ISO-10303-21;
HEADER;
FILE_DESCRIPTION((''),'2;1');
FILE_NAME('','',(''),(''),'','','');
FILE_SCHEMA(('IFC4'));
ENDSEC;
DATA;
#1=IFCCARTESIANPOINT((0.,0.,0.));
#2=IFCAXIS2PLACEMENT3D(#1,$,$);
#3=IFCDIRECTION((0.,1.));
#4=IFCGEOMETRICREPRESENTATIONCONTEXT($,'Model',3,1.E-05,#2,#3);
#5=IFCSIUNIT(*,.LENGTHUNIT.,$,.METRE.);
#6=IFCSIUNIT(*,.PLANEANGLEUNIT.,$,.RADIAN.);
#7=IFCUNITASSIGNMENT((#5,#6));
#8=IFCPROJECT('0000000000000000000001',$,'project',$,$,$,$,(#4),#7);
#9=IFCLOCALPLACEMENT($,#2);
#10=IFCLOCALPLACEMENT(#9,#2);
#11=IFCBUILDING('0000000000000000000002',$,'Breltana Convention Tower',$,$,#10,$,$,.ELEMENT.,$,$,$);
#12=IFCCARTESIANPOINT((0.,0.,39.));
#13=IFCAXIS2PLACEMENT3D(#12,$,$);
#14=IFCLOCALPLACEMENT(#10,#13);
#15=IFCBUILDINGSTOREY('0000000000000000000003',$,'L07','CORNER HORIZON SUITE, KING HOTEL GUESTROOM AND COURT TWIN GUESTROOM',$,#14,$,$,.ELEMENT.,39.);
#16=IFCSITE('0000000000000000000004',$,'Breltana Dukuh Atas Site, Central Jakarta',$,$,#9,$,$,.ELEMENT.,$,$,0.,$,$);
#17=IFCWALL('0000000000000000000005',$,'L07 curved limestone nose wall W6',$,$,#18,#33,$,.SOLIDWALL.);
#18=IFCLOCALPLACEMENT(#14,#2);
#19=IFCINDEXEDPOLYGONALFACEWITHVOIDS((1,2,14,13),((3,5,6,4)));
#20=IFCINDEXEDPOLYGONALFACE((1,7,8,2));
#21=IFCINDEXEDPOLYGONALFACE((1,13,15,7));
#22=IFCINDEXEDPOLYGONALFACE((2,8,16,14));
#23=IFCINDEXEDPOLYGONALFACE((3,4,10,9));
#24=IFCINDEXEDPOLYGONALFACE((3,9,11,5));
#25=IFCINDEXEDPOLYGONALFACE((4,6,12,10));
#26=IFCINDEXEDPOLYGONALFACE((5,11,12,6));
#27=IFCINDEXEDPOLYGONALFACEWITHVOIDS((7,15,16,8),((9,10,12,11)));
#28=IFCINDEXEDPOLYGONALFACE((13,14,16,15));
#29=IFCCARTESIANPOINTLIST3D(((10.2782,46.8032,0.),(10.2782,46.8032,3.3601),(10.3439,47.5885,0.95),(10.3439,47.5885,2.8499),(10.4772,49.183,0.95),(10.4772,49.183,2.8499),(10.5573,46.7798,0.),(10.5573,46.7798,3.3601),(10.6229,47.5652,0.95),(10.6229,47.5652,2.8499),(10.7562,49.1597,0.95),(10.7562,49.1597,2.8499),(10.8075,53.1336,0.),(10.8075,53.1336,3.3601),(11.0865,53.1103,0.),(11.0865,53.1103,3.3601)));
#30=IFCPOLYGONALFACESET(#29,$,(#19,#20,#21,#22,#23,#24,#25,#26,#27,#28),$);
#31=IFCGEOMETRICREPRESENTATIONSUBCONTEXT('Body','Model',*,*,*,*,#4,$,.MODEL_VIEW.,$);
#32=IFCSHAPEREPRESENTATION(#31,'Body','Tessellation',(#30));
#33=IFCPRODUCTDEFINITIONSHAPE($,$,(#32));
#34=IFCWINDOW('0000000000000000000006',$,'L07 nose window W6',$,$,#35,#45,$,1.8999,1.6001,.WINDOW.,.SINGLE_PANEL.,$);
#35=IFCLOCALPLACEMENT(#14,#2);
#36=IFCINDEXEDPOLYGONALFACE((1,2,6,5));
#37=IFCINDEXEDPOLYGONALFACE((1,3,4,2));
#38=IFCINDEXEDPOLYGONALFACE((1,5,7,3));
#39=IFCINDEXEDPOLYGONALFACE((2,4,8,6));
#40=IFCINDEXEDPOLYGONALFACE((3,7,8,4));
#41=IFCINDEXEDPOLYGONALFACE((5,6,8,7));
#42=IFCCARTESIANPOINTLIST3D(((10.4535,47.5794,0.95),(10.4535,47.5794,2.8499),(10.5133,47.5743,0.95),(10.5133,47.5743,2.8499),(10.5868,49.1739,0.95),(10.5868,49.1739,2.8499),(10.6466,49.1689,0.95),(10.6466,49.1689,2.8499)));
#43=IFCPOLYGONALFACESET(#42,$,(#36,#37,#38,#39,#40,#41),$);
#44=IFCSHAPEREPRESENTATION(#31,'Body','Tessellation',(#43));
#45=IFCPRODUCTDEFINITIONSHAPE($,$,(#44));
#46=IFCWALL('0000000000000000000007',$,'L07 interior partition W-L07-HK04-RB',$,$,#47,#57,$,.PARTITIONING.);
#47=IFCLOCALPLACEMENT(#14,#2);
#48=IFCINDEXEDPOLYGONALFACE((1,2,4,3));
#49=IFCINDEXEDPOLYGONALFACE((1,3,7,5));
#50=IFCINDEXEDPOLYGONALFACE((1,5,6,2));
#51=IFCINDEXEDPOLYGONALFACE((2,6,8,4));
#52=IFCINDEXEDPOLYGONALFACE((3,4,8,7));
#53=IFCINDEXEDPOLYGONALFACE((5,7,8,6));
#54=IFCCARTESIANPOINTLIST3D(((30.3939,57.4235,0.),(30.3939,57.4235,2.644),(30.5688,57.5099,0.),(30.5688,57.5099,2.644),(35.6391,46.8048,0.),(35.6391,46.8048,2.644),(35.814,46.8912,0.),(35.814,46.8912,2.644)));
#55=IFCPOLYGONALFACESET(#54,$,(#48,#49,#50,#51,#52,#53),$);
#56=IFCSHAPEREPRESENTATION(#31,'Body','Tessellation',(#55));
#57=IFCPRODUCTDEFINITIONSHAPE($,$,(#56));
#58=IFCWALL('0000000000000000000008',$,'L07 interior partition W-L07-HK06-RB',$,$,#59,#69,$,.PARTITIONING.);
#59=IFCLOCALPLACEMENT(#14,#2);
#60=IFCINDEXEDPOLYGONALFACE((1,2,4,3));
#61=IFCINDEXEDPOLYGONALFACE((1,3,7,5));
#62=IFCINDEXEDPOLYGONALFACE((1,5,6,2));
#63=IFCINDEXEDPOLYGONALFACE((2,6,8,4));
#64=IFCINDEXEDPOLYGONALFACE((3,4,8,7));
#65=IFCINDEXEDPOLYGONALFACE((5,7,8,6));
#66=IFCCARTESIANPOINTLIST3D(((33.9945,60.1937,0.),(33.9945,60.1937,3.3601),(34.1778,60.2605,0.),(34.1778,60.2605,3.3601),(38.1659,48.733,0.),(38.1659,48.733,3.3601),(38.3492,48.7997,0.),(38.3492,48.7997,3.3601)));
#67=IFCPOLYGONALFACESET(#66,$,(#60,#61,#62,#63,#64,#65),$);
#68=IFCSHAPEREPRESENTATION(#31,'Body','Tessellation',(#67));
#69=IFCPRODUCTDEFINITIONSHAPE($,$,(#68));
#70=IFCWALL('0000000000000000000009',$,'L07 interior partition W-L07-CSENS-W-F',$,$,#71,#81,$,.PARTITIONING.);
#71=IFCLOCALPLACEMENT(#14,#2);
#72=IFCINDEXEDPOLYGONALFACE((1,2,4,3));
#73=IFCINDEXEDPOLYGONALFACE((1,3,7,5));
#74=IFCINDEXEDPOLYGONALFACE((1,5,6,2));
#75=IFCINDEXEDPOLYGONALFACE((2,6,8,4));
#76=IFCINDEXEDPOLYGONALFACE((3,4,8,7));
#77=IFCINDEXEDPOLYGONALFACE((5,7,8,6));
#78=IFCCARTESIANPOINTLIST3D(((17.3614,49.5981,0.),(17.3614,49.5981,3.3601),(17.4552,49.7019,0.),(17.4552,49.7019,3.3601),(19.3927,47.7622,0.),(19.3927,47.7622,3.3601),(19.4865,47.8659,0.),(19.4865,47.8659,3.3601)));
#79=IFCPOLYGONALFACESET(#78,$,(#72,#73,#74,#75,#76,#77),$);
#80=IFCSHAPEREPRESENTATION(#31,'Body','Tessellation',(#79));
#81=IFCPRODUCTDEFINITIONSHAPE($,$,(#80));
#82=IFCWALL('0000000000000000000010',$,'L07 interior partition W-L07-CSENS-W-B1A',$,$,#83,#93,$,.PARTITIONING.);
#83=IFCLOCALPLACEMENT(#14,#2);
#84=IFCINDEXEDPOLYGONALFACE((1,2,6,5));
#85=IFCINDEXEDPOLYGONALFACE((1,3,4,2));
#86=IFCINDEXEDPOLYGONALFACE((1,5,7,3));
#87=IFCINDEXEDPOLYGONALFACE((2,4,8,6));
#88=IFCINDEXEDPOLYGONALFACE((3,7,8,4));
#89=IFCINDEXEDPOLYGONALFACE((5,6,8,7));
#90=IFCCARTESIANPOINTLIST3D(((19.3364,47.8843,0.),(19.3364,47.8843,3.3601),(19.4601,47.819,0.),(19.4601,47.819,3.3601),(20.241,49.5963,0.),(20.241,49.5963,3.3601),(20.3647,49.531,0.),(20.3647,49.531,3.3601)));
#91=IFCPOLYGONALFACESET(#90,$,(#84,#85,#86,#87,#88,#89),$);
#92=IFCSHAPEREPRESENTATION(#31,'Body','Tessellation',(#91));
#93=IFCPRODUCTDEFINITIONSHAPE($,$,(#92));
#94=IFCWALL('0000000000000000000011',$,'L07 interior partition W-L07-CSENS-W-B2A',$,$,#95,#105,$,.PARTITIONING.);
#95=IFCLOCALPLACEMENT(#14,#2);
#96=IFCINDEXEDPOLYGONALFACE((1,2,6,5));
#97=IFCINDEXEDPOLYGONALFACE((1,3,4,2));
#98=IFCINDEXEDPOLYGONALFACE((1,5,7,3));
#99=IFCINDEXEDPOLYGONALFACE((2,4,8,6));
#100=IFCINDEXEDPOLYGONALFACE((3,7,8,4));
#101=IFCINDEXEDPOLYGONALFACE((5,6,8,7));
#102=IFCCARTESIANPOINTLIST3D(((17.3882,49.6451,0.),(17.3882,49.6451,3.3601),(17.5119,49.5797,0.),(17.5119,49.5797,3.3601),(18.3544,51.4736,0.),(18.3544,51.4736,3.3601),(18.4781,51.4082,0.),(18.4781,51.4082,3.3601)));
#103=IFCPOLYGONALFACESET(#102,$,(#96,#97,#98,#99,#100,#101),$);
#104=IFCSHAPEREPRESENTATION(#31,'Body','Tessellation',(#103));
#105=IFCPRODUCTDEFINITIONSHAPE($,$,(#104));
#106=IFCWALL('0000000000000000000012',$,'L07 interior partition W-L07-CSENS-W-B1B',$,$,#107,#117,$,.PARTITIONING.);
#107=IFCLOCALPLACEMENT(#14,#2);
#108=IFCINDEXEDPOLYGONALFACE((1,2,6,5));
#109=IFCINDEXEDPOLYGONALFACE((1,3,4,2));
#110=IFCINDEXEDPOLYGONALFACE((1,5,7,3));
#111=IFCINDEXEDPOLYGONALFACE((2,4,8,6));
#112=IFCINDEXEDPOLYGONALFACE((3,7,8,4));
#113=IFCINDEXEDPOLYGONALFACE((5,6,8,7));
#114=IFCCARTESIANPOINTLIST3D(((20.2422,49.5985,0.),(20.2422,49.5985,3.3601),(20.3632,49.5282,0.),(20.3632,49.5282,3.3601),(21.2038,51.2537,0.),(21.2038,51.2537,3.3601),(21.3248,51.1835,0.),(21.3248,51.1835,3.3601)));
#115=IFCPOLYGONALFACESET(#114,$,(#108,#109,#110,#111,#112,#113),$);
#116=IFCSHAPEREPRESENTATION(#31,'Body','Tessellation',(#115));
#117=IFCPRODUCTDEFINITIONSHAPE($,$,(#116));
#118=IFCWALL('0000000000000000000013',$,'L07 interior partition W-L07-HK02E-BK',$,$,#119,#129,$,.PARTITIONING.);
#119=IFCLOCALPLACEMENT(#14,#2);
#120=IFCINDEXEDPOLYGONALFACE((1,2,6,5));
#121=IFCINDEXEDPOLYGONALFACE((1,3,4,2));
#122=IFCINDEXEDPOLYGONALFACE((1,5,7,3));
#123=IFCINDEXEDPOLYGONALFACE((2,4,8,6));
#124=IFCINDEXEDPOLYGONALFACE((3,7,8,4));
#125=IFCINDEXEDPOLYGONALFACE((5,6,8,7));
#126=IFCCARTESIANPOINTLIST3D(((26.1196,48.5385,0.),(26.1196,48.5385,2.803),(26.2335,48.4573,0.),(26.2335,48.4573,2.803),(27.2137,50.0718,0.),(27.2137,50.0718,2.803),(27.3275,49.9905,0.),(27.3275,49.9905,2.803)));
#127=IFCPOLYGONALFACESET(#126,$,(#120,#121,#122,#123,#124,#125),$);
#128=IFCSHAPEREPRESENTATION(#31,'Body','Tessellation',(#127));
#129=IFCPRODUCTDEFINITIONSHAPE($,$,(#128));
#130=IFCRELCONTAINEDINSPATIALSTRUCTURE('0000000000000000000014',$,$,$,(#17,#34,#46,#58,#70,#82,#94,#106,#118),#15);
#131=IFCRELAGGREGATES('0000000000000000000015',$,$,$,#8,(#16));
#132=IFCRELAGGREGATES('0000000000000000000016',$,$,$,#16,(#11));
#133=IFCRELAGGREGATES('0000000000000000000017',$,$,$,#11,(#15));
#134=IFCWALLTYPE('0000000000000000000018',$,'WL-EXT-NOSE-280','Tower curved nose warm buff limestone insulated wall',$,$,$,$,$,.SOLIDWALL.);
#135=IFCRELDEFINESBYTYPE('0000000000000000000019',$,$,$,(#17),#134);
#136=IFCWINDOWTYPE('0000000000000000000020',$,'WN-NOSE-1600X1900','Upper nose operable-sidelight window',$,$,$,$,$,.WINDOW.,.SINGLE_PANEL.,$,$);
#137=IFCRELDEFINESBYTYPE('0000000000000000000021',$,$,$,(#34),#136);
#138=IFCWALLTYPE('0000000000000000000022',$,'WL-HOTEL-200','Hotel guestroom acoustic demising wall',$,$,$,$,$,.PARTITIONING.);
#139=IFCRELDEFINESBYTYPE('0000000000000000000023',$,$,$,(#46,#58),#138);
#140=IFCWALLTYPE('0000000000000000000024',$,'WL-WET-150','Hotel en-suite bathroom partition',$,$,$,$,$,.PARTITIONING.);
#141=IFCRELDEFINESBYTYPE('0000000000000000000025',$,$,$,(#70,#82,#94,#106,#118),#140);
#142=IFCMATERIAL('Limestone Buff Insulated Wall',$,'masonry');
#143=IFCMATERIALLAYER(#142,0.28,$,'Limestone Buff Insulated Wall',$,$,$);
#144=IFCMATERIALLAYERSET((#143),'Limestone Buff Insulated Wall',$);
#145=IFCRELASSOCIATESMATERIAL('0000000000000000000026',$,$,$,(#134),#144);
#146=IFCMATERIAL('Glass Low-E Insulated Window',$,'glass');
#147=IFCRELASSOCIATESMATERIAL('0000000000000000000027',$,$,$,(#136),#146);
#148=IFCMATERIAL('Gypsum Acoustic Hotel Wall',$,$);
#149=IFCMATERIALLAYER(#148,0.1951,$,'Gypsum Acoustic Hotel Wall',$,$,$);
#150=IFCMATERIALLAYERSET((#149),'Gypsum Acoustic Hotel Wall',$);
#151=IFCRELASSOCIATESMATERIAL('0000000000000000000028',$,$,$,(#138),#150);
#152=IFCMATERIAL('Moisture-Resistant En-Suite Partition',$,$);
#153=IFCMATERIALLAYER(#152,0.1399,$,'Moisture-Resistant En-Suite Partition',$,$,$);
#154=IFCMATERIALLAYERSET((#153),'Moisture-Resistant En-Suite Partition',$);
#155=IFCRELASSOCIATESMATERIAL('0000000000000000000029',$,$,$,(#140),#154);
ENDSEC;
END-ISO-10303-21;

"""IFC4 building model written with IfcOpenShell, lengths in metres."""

from ifc_helpers import new_model, si_unit, direction, frame, frame_2d, origin, place, context, subcontext, project, spatial, rectangle, extrude, source, transform, mapped, material, layer, layer_set, type_object, type_shapes, element, fill, save


model = new_model("IFC4")

# Units and contexts
model_context = context("Model", 3, precision=1e-05, world=origin(), true_north=direction((0.0, 1.0)))
body_context = subcontext(model_context, "Body", "Model", "MODEL_VIEW")
ifc_project = project(units=[si_unit("LENGTHUNIT", "METRE"), si_unit("PLANEANGLEUNIT", "RADIAN")], contexts=[model_context])

# Site, building, storey
site_placement = place(None, origin())
site = spatial("IfcSite", under=ifc_project, at=site_placement, Name="Breltana Dukuh Atas Site, Central Jakarta", CompositionType="ELEMENT", RefElevation=0.0)
building_placement = place(site_placement, origin())
building = spatial("IfcBuilding", under=site, at=building_placement, Name="Breltana Convention Tower", CompositionType="ELEMENT")
storey_placement = place(building_placement, frame((0.0, 0.0, 39.0)))
storey = spatial("IfcBuildingStorey", under=building, at=storey_placement, Name="L07", Description="CORNER HORIZON SUITE, KING HOTEL GUESTROOM AND COURT TWIN GUESTROOM", CompositionType="ELEMENT", Elevation=39.0)

# Wall, opening, window
ifc_material_1 = material(Name="Limestone Buff Insulated Wall", Category="masonry")
ifc_layer_1 = layer(ifc_material_1, 0.28, Name="Limestone Buff Insulated Wall")
ifc_layer_set_1 = layer_set([ifc_layer_1], Name="Limestone Buff Insulated Wall")
wall_type_1 = type_object("IfcWallType", Name="WL-EXT-NOSE-280", Description="Tower curved nose warm buff limestone insulated wall", PredefinedType="SOLIDWALL", material=ifc_layer_set_1)
shared_shape_1 = source(origin(), body_context, "Body", "SweptSolid", [
    extrude(rectangle(XDim=6.3525, YDim=0.28, at=frame_2d((3.1763, 0.0))), origin(), (0.0, 0.0, 1.0), 3.3601),
])
wall_1_placement = place(storey_placement, frame((10.4177, 46.7915, 0.0), z_axis=(0.0, 0.0, 1.0), x_axis=(0.083319, 0.996523, 0.0)))
wall_1 = element("IfcWall", 1, at=wall_1_placement, inside=storey, type_object=wall_type_1, Name="L07 curved limestone nose wall W6", PredefinedType="SOLIDWALL", context=body_context, shape_type="MappedRepresentation", body=[
    mapped(shared_shape_1, transform((0.0, 0.0, 0.0), scale=1.0)),
])
opening_placement = place(wall_1_placement, frame((0.7881, 0.0, 0.95)))
opening = element("IfcOpeningElement", 2, at=opening_placement, cuts=wall_1, PredefinedType="OPENING", context=body_context, shape_type="SweptSolid", body=[
    extrude(rectangle(XDim=1.6001, YDim=1.8999, at=frame_2d((0.8, 0.95))), frame((0.0, 0.1499, 0.0), z_axis=(0.0, -1.0, 0.0), x_axis=(1.0, 0.0, 0.0)), (0.0, 0.0, 1.0), 0.3),
])
ifc_material_2 = material(Name="Glass Low-E Insulated Window", Category="glass")
window_type = type_object("IfcWindowType", Name="WN-NOSE-1600X1900", Description="Upper nose operable-sidelight window", PartitioningType="SINGLE_PANEL", PredefinedType="WINDOW", material=ifc_material_2)
shared_shape_2 = source(origin(), body_context, "Body", "SweptSolid", [
    extrude(rectangle(XDim=1.6001, YDim=1.8999, at=frame_2d((0.8, 0.95))), frame((0.0, 0.03, 0.0), z_axis=(0.0, -1.0, 0.0), x_axis=(1.0, 0.0, 0.0)), (0.0, 0.0, 1.0), 0.0601),
])
type_shapes(window_type, [shared_shape_2])
window_placement = place(opening_placement, origin())
window = element("IfcWindow", 3, at=window_placement, inside=storey, type_object=window_type, Name="L07 nose window W6", OverallHeight=1.8999, OverallWidth=1.6001, PartitioningType="SINGLE_PANEL", PredefinedType="WINDOW", context=body_context, shape_type="MappedRepresentation", body=[
    mapped(shared_shape_2, transform((0.0, 0.0, 0.0), scale=1.0)),
])
fill(opening, window)

# Walls
ifc_material_3 = material(Name="Gypsum Acoustic Hotel Wall")
ifc_layer_2 = layer(ifc_material_3, 0.1951, Name="Gypsum Acoustic Hotel Wall")
ifc_layer_set_2 = layer_set([ifc_layer_2], Name="Gypsum Acoustic Hotel Wall")
wall_type_2 = type_object("IfcWallType", Name="WL-HOTEL-200", Description="Hotel guestroom acoustic demising wall", PredefinedType="PARTITIONING", material=ifc_layer_set_2)
shared_shape_3 = source(origin(), body_context, "Body", "SweptSolid", [
    extrude(rectangle(XDim=11.8435, YDim=0.1951, at=frame_2d((5.9219, 0.0))), origin(), (0.0, 0.0, 1.0), 2.644),
])
wall_2_placement = place(storey_placement, frame((35.7266, 46.8479, 0.0), z_axis=(0.0, 0.0, 1.0), x_axis=(-0.442871, 0.896585, 0.0)))
element("IfcWall", 4, at=wall_2_placement, inside=storey, type_object=wall_type_2, Name="L07 interior partition W-L07-HK04-RB", PredefinedType="PARTITIONING", context=body_context, shape_type="MappedRepresentation", body=[
    mapped(shared_shape_3, transform((0.0, 0.0, 0.0), scale=1.0)),
])
shared_shape_4 = source(origin(), body_context, "Body", "SweptSolid", [
    extrude(rectangle(XDim=12.1963, YDim=0.1951, at=frame_2d((6.0981, 0.0))), origin(), (0.0, 0.0, 1.0), 3.3601),
])
wall_3_placement = place(storey_placement, frame((38.2576, 48.7664, 0.0), z_axis=(0.0, 0.0, 1.0), x_axis=(-0.342023, 0.939692, 0.0)))
element("IfcWall", 5, at=wall_3_placement, inside=storey, type_object=wall_type_2, Name="L07 interior partition W-L07-HK06-RB", PredefinedType="PARTITIONING", context=body_context, shape_type="MappedRepresentation", body=[
    mapped(shared_shape_4, transform((0.0, 0.0, 0.0), scale=1.0)),
])
ifc_material_4 = material(Name="Moisture-Resistant En-Suite Partition")
ifc_layer_3 = layer(ifc_material_4, 0.1399, Name="Moisture-Resistant En-Suite Partition")
ifc_layer_set_3 = layer_set([ifc_layer_3], Name="Moisture-Resistant En-Suite Partition")
wall_type_3 = type_object("IfcWallType", Name="WL-WET-150", Description="Hotel en-suite bathroom partition", PredefinedType="PARTITIONING", material=ifc_layer_set_3)
shared_shape_5 = source(origin(), body_context, "Body", "SweptSolid", [
    extrude(rectangle(XDim=2.738, YDim=0.1399, at=frame_2d((1.3691, 0.0))), origin(), (0.0, 0.0, 1.0), 3.3601),
])
wall_4_placement = place(storey_placement, frame((19.4397, 47.814, 0.0), z_axis=(0.0, 0.0, 1.0), x_axis=(-0.741874, 0.67054, 0.0)))
element("IfcWall", 6, at=wall_4_placement, inside=storey, type_object=wall_type_3, Name="L07 interior partition W-L07-CSENS-W-F", PredefinedType="PARTITIONING", context=body_context, shape_type="MappedRepresentation", body=[
    mapped(shared_shape_5, transform((0.0, 0.0, 0.0), scale=1.0)),
])
shared_shape_6 = source(origin(), body_context, "Body", "SweptSolid", [
    extrude(rectangle(XDim=1.9363, YDim=0.1399, at=frame_2d((0.9683, 0.0))), origin(), (0.0, 0.0, 1.0), 3.3601),
])
wall_5_placement = place(storey_placement, frame((19.3982, 47.8516, 0.0), z_axis=(0.0, 0.0, 1.0), x_axis=(0.467175, 0.884165, 0.0)))
element("IfcWall", 7, at=wall_5_placement, inside=storey, type_object=wall_type_3, Name="L07 interior partition W-L07-CSENS-W-B1A", PredefinedType="PARTITIONING", context=body_context, shape_type="MappedRepresentation", body=[
    mapped(shared_shape_6, transform((0.0, 0.0, 0.0), scale=1.0)),
])
shared_shape_7 = source(origin(), body_context, "Body", "SweptSolid", [
    extrude(rectangle(XDim=2.0681, YDim=0.1399, at=frame_2d((1.0342, 0.0))), origin(), (0.0, 0.0, 1.0), 3.3601),
])
wall_6_placement = place(storey_placement, frame((17.45, 49.6123, 0.0), z_axis=(0.0, 0.0, 1.0), x_axis=(0.467215, 0.884144, 0.0)))
element("IfcWall", 8, at=wall_6_placement, inside=storey, type_object=wall_type_3, Name="L07 interior partition W-L07-CSENS-W-B2A", PredefinedType="PARTITIONING", context=body_context, shape_type="MappedRepresentation", body=[
    mapped(shared_shape_7, transform((0.0, 0.0, 0.0), scale=1.0)),
])
shared_shape_8 = source(origin(), body_context, "Body", "SweptSolid", [
    extrude(rectangle(XDim=1.9143, YDim=0.1399, at=frame_2d((0.957, 0.0))), origin(), (0.0, 0.0, 1.0), 3.3601),
])
wall_7_placement = place(storey_placement, frame((20.3027, 49.5635, 0.0), z_axis=(0.0, 0.0, 1.0), x_axis=(0.502348, 0.864666, 0.0)))
element("IfcWall", 9, at=wall_7_placement, inside=storey, type_object=wall_type_3, Name="L07 interior partition W-L07-CSENS-W-B1B", PredefinedType="PARTITIONING", context=body_context, shape_type="MappedRepresentation", body=[
    mapped(shared_shape_8, transform((0.0, 0.0, 0.0), scale=1.0)),
])
shared_shape_9 = source(origin(), body_context, "Body", "SweptSolid", [
    extrude(rectangle(XDim=1.8835, YDim=0.1399, at=frame_2d((0.9419, 0.0))), origin(), (0.0, 0.0, 1.0), 2.803),
])
wall_8_placement = place(storey_placement, frame((26.1765, 48.4978, 0.0), z_axis=(0.0, 0.0, 1.0), x_axis=(0.580833, 0.814022, 0.0)))
element("IfcWall", 10, at=wall_8_placement, inside=storey, type_object=wall_type_3, Name="L07 interior partition W-L07-HK02E-BK", PredefinedType="PARTITIONING", context=body_context, shape_type="MappedRepresentation", body=[
    mapped(shared_shape_9, transform((0.0, 0.0, 0.0), scale=1.0)),
])

save(model, "model.ifc")
